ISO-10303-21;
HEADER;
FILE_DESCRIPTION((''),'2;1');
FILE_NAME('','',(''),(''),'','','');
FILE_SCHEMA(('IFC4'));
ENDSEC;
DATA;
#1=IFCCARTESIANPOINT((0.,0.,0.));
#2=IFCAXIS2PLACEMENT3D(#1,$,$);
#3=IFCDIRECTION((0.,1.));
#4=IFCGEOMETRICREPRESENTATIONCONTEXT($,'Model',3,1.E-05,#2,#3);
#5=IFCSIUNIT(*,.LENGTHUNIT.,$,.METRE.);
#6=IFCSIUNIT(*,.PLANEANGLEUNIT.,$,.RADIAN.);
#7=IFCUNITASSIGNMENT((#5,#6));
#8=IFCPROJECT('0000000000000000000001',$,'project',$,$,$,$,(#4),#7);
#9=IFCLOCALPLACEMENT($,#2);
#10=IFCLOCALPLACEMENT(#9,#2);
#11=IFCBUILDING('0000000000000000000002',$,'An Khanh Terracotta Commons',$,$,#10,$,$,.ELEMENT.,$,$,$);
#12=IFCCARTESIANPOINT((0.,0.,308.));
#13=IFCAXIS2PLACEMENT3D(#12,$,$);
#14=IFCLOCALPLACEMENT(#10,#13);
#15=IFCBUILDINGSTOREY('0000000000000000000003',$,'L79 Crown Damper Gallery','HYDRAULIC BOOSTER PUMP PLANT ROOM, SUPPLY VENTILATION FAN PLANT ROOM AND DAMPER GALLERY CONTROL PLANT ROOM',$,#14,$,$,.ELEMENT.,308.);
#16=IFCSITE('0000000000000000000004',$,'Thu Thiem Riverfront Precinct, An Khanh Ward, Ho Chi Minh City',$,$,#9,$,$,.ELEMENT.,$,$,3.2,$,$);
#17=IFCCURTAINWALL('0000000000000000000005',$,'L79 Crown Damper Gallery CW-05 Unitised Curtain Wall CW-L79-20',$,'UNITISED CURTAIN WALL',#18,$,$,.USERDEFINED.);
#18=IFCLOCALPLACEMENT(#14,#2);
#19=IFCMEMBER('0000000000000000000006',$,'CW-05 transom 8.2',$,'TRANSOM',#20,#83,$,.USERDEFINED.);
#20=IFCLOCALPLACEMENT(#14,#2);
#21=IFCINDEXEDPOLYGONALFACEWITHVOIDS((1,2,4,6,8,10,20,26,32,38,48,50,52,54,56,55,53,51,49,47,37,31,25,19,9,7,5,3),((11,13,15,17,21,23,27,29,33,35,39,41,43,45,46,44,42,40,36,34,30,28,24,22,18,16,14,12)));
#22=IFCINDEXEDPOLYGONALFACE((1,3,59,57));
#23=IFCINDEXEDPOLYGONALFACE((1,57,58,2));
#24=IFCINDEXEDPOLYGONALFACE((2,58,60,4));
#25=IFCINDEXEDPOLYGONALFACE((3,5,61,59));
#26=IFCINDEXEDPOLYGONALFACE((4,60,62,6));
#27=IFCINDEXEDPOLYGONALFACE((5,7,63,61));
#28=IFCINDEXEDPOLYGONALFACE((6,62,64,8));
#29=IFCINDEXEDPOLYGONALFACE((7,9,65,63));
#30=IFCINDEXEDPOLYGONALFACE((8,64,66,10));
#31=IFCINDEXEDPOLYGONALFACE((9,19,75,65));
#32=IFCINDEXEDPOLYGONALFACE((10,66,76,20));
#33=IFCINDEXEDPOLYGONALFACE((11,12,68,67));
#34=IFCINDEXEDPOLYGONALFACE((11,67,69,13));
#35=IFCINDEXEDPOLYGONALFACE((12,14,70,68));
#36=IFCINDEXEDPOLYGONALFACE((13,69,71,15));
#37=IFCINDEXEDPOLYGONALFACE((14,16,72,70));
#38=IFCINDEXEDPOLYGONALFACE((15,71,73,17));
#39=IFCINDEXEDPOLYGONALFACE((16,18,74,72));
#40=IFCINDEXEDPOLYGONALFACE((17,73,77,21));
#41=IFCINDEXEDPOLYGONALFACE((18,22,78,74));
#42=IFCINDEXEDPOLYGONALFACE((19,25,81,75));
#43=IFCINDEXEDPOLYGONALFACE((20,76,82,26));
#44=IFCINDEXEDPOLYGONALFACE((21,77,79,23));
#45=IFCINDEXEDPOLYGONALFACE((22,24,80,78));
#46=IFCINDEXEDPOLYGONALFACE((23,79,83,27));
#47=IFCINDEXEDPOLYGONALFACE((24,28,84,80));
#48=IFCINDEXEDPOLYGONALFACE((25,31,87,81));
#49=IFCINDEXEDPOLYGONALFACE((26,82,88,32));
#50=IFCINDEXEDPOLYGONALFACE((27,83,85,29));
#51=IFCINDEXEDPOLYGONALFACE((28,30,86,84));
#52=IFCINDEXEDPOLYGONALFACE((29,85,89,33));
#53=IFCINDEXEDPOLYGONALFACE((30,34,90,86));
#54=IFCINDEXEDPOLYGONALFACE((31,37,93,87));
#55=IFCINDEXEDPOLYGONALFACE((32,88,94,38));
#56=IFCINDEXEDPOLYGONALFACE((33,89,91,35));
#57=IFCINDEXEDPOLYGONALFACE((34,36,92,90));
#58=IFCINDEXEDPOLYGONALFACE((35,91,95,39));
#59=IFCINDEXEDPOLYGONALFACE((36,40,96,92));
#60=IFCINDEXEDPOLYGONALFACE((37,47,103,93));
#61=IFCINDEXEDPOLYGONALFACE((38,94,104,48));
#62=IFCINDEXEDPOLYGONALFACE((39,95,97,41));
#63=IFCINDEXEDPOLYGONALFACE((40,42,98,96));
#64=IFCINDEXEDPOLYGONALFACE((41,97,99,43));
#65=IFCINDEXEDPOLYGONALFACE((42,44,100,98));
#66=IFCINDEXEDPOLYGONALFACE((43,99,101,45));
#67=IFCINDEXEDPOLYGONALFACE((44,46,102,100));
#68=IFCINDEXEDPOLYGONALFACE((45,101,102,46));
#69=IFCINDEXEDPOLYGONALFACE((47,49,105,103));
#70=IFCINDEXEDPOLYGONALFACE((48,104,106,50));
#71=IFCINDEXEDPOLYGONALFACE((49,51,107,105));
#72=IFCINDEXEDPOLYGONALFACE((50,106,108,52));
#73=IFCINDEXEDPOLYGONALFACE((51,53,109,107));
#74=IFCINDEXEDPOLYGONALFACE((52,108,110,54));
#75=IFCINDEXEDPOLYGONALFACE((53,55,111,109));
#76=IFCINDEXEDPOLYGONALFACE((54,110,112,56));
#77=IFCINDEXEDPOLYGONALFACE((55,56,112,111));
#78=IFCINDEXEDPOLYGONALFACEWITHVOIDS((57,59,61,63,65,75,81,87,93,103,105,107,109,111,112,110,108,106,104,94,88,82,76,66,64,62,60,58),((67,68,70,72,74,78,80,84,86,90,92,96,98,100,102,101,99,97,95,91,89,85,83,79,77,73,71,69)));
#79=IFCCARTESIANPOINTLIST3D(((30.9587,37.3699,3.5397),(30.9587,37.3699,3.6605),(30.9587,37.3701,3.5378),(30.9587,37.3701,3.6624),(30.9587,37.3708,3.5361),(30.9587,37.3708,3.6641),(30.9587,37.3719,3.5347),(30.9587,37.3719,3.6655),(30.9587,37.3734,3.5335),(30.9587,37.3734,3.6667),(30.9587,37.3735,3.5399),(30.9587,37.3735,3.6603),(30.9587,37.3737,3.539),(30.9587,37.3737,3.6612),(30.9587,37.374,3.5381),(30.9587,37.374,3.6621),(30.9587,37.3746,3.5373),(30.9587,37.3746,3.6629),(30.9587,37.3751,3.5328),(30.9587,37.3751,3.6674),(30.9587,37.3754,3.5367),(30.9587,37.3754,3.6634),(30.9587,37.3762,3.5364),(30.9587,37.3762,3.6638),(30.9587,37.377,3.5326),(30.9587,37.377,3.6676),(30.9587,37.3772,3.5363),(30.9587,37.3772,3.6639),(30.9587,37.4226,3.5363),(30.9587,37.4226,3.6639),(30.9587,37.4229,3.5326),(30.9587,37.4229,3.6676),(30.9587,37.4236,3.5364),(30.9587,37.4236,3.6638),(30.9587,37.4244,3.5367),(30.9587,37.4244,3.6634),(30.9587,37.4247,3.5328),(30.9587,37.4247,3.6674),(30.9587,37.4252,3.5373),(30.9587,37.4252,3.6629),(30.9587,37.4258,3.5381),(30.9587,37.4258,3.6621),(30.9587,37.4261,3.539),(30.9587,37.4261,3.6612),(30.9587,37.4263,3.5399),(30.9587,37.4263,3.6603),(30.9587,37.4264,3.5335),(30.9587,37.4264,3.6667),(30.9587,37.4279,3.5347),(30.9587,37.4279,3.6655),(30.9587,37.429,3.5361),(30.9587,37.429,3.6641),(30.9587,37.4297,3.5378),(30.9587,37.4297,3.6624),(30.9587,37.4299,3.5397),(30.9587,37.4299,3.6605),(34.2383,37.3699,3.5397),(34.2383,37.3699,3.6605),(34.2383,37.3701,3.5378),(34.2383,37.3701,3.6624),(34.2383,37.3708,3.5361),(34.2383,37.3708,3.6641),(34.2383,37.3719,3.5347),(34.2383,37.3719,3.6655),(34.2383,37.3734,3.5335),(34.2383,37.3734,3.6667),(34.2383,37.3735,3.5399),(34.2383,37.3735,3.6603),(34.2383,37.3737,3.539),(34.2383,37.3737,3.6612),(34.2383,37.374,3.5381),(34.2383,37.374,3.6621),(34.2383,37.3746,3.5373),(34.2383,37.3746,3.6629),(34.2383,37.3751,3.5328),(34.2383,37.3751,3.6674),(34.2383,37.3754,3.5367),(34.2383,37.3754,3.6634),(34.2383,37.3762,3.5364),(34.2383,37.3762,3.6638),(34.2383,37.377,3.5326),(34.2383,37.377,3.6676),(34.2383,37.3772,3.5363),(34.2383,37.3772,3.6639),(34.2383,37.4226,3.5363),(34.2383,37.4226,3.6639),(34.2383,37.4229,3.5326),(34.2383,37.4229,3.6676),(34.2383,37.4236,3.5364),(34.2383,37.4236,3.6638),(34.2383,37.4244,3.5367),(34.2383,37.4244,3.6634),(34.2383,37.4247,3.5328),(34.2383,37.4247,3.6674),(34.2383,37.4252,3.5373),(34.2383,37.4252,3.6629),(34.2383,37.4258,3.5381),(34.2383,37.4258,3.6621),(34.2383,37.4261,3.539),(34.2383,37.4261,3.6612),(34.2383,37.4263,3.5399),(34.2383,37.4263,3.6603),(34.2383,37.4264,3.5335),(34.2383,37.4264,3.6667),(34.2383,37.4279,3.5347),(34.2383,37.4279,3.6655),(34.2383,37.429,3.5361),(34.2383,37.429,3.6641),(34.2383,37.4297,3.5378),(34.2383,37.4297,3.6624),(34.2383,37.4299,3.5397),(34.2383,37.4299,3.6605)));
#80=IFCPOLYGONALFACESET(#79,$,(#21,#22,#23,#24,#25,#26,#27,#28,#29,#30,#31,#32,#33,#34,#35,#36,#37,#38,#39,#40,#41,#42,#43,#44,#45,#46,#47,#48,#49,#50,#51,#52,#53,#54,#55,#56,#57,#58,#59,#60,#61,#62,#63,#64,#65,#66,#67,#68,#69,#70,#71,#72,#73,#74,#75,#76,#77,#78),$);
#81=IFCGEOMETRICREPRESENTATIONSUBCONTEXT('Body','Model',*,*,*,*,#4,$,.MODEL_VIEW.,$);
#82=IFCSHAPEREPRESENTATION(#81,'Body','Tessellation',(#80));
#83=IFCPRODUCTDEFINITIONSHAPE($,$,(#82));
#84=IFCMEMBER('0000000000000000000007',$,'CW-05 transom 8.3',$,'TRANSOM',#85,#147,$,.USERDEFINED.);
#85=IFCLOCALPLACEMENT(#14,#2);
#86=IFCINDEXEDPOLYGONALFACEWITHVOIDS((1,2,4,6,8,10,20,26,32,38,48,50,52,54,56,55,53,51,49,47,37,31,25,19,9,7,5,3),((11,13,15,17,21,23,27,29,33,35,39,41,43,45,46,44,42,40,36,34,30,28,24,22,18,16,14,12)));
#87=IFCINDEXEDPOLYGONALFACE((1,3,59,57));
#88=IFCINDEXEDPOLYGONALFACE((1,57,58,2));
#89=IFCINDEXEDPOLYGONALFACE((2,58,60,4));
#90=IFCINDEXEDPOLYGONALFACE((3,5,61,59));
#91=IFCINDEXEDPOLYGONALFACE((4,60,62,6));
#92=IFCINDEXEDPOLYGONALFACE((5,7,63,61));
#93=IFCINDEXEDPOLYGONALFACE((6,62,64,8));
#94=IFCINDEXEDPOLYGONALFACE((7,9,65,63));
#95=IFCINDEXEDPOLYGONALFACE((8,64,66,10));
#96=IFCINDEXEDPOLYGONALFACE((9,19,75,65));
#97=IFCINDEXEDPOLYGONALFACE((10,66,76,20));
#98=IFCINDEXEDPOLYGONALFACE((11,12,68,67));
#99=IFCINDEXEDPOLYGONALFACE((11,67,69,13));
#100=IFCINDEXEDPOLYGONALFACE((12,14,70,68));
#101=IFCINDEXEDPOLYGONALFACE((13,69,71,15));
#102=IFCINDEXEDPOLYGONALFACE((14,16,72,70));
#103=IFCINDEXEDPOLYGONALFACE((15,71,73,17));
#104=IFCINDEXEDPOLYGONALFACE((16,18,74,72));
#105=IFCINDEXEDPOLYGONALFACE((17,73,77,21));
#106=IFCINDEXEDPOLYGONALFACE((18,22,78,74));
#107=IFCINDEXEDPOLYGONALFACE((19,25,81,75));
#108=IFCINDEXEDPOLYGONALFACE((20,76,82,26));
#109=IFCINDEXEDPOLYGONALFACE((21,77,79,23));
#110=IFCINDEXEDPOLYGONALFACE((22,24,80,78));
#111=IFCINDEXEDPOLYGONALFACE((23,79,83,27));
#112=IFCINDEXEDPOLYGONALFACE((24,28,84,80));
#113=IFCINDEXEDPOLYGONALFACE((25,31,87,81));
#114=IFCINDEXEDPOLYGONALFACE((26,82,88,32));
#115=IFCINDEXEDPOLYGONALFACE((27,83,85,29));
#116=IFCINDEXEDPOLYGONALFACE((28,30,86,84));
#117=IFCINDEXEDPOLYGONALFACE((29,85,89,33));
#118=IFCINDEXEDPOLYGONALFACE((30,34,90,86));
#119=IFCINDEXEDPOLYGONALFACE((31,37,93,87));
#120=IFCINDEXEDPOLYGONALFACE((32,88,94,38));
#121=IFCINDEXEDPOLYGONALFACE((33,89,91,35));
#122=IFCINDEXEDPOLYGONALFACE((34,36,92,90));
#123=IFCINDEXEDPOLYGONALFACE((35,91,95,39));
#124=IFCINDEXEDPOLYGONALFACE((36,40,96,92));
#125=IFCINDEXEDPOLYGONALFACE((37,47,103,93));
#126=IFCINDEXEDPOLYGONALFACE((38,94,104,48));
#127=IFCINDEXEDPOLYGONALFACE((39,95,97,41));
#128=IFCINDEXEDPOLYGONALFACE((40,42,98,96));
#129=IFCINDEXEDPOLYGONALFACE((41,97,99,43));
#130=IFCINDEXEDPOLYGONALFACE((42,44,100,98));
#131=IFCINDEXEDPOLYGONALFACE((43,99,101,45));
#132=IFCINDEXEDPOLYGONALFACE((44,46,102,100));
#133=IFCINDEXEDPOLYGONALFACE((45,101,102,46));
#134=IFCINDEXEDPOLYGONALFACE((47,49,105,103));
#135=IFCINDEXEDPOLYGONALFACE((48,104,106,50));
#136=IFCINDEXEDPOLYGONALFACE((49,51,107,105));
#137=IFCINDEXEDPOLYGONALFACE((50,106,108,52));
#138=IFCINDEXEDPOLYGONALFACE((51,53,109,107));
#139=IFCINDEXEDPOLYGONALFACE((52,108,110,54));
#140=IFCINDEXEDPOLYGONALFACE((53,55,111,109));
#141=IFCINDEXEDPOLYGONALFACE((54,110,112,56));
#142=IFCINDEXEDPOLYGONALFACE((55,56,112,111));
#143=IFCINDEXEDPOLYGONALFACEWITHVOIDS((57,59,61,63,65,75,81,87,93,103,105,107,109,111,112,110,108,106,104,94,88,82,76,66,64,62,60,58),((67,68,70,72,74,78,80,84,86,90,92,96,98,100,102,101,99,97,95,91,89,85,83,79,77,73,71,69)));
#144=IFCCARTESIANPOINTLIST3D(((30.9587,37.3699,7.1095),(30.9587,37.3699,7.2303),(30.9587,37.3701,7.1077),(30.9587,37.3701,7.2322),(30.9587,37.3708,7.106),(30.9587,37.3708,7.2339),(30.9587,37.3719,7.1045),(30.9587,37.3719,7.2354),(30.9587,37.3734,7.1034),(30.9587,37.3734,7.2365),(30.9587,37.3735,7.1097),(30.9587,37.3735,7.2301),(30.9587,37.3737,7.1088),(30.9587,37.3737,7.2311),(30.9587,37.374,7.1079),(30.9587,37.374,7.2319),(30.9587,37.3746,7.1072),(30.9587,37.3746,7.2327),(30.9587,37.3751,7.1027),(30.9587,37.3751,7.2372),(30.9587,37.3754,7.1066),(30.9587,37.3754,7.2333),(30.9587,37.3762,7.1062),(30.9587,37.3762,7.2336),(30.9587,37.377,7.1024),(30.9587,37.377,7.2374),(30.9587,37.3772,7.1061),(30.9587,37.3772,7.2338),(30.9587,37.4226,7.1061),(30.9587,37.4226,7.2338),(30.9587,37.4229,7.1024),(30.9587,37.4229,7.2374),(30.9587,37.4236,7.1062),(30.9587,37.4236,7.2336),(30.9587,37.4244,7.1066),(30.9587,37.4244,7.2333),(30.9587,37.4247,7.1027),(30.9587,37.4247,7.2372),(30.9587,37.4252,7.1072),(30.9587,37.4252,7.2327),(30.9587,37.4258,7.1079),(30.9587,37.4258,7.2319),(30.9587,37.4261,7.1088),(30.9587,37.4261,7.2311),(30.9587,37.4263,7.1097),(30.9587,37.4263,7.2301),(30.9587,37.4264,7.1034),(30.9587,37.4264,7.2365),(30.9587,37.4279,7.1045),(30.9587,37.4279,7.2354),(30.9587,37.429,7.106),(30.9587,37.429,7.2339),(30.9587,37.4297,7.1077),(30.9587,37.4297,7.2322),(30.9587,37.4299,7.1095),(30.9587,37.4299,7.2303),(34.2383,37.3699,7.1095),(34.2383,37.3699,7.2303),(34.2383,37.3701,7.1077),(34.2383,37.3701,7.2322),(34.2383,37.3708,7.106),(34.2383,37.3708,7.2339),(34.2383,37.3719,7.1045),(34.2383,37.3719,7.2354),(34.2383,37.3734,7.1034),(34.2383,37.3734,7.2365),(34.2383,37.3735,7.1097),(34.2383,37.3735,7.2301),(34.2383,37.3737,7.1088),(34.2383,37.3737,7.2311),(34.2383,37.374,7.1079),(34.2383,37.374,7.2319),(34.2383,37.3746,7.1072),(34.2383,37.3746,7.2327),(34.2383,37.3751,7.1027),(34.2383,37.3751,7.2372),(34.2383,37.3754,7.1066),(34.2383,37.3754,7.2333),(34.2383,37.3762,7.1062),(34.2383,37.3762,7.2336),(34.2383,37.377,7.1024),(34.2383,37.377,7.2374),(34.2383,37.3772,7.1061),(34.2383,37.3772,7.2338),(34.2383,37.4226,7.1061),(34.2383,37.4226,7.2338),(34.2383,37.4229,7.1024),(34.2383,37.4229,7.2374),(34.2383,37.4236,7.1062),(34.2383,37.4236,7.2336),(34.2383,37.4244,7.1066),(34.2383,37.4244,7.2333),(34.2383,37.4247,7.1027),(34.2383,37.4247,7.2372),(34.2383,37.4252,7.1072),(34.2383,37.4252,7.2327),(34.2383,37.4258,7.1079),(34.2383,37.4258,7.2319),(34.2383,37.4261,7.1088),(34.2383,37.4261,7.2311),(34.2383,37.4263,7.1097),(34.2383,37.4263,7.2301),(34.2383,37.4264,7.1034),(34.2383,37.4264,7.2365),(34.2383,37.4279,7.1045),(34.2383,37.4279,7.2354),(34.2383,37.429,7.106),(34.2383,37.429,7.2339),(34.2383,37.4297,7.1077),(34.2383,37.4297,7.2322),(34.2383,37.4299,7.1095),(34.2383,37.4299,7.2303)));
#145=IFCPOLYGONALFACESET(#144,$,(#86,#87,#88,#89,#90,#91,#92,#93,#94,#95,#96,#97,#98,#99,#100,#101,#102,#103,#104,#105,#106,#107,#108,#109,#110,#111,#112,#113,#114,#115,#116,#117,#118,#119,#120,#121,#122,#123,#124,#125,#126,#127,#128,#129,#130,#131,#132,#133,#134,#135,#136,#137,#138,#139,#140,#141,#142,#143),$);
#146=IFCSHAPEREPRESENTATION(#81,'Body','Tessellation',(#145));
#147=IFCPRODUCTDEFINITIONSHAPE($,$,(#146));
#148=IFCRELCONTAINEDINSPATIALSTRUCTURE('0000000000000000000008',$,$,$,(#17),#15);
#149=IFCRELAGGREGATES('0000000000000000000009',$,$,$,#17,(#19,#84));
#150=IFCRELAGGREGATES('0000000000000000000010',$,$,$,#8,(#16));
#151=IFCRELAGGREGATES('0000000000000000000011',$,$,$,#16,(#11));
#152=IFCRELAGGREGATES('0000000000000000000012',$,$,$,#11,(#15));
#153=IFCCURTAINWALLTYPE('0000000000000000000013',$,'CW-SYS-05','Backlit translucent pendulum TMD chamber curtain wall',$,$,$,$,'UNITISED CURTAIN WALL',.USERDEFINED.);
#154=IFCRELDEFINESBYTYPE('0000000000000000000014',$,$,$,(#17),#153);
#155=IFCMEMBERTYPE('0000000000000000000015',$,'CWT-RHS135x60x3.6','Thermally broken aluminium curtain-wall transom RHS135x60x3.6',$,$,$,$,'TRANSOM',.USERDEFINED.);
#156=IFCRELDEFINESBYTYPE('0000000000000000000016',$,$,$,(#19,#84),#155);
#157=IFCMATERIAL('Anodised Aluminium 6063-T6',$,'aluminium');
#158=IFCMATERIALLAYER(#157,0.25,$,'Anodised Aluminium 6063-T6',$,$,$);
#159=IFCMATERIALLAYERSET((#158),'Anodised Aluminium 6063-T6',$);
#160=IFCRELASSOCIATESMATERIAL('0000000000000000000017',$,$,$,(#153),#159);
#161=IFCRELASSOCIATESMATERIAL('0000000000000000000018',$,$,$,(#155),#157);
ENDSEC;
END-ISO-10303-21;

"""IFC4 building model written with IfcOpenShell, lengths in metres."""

from ifc_helpers import new_model, si_unit, direction, frame, origin, origin_2d, place, context, subcontext, project, spatial, hollow_rectangle, extrude, material, layer, layer_set, material_profile, profile_set, type_object, element, aggregate, save


model = new_model("IFC4")

# Units and contexts
model_context = context("Model", 3, precision=1e-05, world=origin(), true_north=direction((0.0, 1.0)))
body_context = subcontext(model_context, "Body", "Model", "MODEL_VIEW")
ifc_project = project(units=[si_unit("LENGTHUNIT", "METRE"), si_unit("PLANEANGLEUNIT", "RADIAN")], contexts=[model_context])

# Site, building, storey
site_placement = place(None, origin())
site = spatial("IfcSite", under=ifc_project, at=site_placement, Name="Thu Thiem Riverfront Precinct, An Khanh Ward, Ho Chi Minh City", CompositionType="ELEMENT", RefElevation=3.2)
building_placement = place(site_placement, origin())
building = spatial("IfcBuilding", under=site, at=building_placement, Name="An Khanh Terracotta Commons", CompositionType="ELEMENT")
storey_placement = place(building_placement, frame((0.0, 0.0, 308.0)))
storey = spatial("IfcBuildingStorey", under=building, at=storey_placement, Name="L79 Crown Damper Gallery", Description="HYDRAULIC BOOSTER PUMP PLANT ROOM, SUPPLY VENTILATION FAN PLANT ROOM AND DAMPER GALLERY CONTROL PLANT ROOM", CompositionType="ELEMENT", Elevation=308.0)

# Curtain wall, members
ifc_material_1 = material(Name="Anodised Aluminium 6063-T6", Category="aluminium")
ifc_layer_1 = layer(ifc_material_1, 0.25, Name="Anodised Aluminium 6063-T6")
ifc_layer_set_1 = layer_set([ifc_layer_1], Name="Anodised Aluminium 6063-T6")
curtain_wall_type = type_object("IfcCurtainWallType", Name="CW-SYS-05", Description="Backlit translucent pendulum TMD chamber curtain wall", ElementType="UNITISED CURTAIN WALL", PredefinedType="USERDEFINED", material=ifc_layer_set_1)
curtain_wall_placement = place(storey_placement, origin())
curtain_wall = element("IfcCurtainWall", 1, at=curtain_wall_placement, inside=storey, type_object=curtain_wall_type, Name="L79 Crown Damper Gallery CW-05 Unitised Curtain Wall CW-L79-20", ObjectType="UNITISED CURTAIN WALL", PredefinedType="USERDEFINED")
ifc_material_profile_1 = material_profile(ifc_material_1, hollow_rectangle(XDim=0.0601, YDim=0.135, WallThickness=0.0037, InnerFilletRadius=0.0037, OuterFilletRadius=0.0071, at=origin_2d()), Name="RHS135x60x3.6")
ifc_profile_set_1 = profile_set([ifc_material_profile_1], Name="Anodised Aluminium 6063-T6")
member_type_1 = type_object("IfcMemberType", Name="CWT-RHS135x60x3.6", Description="Thermally broken aluminium curtain-wall transom RHS135x60x3.6", ElementType="TRANSOM", PredefinedType="USERDEFINED", material=ifc_profile_set_1)
member_1_placement = place(storey_placement, frame((34.2383, 37.3999, 3.6001), z_axis=(-1.0, 0.0, 0.0), x_axis=(0.0, -1.0, 0.0)))
member_1 = element("IfcMember", 2, at=member_1_placement, type_object=member_type_1, Name="CW-05 transom 8.2", ObjectType="TRANSOM", PredefinedType="USERDEFINED", context=body_context, shape_type="SweptSolid", body=[
    extrude(hollow_rectangle(XDim=0.0601, YDim=0.135, WallThickness=0.0037, InnerFilletRadius=0.0037, OuterFilletRadius=0.0071, at=origin_2d()), origin(), (0.0, 0.0, 1.0), 3.2795),
])
member_2_placement = place(storey_placement, frame((34.2383, 37.3999, 7.1699), z_axis=(-1.0, 0.0, 0.0), x_axis=(0.0, -1.0, 0.0)))
member_2 = element("IfcMember", 3, at=member_2_placement, type_object=member_type_1, Name="CW-05 transom 8.3", ObjectType="TRANSOM", PredefinedType="USERDEFINED", context=body_context, shape_type="SweptSolid", body=[
    extrude(hollow_rectangle(XDim=0.0601, YDim=0.135, WallThickness=0.0037, InnerFilletRadius=0.0037, OuterFilletRadius=0.0071, at=origin_2d()), origin(), (0.0, 0.0, 1.0), 3.2795),
])
aggregate(curtain_wall, [member_1, member_2])

save(model, "model.ifc")
